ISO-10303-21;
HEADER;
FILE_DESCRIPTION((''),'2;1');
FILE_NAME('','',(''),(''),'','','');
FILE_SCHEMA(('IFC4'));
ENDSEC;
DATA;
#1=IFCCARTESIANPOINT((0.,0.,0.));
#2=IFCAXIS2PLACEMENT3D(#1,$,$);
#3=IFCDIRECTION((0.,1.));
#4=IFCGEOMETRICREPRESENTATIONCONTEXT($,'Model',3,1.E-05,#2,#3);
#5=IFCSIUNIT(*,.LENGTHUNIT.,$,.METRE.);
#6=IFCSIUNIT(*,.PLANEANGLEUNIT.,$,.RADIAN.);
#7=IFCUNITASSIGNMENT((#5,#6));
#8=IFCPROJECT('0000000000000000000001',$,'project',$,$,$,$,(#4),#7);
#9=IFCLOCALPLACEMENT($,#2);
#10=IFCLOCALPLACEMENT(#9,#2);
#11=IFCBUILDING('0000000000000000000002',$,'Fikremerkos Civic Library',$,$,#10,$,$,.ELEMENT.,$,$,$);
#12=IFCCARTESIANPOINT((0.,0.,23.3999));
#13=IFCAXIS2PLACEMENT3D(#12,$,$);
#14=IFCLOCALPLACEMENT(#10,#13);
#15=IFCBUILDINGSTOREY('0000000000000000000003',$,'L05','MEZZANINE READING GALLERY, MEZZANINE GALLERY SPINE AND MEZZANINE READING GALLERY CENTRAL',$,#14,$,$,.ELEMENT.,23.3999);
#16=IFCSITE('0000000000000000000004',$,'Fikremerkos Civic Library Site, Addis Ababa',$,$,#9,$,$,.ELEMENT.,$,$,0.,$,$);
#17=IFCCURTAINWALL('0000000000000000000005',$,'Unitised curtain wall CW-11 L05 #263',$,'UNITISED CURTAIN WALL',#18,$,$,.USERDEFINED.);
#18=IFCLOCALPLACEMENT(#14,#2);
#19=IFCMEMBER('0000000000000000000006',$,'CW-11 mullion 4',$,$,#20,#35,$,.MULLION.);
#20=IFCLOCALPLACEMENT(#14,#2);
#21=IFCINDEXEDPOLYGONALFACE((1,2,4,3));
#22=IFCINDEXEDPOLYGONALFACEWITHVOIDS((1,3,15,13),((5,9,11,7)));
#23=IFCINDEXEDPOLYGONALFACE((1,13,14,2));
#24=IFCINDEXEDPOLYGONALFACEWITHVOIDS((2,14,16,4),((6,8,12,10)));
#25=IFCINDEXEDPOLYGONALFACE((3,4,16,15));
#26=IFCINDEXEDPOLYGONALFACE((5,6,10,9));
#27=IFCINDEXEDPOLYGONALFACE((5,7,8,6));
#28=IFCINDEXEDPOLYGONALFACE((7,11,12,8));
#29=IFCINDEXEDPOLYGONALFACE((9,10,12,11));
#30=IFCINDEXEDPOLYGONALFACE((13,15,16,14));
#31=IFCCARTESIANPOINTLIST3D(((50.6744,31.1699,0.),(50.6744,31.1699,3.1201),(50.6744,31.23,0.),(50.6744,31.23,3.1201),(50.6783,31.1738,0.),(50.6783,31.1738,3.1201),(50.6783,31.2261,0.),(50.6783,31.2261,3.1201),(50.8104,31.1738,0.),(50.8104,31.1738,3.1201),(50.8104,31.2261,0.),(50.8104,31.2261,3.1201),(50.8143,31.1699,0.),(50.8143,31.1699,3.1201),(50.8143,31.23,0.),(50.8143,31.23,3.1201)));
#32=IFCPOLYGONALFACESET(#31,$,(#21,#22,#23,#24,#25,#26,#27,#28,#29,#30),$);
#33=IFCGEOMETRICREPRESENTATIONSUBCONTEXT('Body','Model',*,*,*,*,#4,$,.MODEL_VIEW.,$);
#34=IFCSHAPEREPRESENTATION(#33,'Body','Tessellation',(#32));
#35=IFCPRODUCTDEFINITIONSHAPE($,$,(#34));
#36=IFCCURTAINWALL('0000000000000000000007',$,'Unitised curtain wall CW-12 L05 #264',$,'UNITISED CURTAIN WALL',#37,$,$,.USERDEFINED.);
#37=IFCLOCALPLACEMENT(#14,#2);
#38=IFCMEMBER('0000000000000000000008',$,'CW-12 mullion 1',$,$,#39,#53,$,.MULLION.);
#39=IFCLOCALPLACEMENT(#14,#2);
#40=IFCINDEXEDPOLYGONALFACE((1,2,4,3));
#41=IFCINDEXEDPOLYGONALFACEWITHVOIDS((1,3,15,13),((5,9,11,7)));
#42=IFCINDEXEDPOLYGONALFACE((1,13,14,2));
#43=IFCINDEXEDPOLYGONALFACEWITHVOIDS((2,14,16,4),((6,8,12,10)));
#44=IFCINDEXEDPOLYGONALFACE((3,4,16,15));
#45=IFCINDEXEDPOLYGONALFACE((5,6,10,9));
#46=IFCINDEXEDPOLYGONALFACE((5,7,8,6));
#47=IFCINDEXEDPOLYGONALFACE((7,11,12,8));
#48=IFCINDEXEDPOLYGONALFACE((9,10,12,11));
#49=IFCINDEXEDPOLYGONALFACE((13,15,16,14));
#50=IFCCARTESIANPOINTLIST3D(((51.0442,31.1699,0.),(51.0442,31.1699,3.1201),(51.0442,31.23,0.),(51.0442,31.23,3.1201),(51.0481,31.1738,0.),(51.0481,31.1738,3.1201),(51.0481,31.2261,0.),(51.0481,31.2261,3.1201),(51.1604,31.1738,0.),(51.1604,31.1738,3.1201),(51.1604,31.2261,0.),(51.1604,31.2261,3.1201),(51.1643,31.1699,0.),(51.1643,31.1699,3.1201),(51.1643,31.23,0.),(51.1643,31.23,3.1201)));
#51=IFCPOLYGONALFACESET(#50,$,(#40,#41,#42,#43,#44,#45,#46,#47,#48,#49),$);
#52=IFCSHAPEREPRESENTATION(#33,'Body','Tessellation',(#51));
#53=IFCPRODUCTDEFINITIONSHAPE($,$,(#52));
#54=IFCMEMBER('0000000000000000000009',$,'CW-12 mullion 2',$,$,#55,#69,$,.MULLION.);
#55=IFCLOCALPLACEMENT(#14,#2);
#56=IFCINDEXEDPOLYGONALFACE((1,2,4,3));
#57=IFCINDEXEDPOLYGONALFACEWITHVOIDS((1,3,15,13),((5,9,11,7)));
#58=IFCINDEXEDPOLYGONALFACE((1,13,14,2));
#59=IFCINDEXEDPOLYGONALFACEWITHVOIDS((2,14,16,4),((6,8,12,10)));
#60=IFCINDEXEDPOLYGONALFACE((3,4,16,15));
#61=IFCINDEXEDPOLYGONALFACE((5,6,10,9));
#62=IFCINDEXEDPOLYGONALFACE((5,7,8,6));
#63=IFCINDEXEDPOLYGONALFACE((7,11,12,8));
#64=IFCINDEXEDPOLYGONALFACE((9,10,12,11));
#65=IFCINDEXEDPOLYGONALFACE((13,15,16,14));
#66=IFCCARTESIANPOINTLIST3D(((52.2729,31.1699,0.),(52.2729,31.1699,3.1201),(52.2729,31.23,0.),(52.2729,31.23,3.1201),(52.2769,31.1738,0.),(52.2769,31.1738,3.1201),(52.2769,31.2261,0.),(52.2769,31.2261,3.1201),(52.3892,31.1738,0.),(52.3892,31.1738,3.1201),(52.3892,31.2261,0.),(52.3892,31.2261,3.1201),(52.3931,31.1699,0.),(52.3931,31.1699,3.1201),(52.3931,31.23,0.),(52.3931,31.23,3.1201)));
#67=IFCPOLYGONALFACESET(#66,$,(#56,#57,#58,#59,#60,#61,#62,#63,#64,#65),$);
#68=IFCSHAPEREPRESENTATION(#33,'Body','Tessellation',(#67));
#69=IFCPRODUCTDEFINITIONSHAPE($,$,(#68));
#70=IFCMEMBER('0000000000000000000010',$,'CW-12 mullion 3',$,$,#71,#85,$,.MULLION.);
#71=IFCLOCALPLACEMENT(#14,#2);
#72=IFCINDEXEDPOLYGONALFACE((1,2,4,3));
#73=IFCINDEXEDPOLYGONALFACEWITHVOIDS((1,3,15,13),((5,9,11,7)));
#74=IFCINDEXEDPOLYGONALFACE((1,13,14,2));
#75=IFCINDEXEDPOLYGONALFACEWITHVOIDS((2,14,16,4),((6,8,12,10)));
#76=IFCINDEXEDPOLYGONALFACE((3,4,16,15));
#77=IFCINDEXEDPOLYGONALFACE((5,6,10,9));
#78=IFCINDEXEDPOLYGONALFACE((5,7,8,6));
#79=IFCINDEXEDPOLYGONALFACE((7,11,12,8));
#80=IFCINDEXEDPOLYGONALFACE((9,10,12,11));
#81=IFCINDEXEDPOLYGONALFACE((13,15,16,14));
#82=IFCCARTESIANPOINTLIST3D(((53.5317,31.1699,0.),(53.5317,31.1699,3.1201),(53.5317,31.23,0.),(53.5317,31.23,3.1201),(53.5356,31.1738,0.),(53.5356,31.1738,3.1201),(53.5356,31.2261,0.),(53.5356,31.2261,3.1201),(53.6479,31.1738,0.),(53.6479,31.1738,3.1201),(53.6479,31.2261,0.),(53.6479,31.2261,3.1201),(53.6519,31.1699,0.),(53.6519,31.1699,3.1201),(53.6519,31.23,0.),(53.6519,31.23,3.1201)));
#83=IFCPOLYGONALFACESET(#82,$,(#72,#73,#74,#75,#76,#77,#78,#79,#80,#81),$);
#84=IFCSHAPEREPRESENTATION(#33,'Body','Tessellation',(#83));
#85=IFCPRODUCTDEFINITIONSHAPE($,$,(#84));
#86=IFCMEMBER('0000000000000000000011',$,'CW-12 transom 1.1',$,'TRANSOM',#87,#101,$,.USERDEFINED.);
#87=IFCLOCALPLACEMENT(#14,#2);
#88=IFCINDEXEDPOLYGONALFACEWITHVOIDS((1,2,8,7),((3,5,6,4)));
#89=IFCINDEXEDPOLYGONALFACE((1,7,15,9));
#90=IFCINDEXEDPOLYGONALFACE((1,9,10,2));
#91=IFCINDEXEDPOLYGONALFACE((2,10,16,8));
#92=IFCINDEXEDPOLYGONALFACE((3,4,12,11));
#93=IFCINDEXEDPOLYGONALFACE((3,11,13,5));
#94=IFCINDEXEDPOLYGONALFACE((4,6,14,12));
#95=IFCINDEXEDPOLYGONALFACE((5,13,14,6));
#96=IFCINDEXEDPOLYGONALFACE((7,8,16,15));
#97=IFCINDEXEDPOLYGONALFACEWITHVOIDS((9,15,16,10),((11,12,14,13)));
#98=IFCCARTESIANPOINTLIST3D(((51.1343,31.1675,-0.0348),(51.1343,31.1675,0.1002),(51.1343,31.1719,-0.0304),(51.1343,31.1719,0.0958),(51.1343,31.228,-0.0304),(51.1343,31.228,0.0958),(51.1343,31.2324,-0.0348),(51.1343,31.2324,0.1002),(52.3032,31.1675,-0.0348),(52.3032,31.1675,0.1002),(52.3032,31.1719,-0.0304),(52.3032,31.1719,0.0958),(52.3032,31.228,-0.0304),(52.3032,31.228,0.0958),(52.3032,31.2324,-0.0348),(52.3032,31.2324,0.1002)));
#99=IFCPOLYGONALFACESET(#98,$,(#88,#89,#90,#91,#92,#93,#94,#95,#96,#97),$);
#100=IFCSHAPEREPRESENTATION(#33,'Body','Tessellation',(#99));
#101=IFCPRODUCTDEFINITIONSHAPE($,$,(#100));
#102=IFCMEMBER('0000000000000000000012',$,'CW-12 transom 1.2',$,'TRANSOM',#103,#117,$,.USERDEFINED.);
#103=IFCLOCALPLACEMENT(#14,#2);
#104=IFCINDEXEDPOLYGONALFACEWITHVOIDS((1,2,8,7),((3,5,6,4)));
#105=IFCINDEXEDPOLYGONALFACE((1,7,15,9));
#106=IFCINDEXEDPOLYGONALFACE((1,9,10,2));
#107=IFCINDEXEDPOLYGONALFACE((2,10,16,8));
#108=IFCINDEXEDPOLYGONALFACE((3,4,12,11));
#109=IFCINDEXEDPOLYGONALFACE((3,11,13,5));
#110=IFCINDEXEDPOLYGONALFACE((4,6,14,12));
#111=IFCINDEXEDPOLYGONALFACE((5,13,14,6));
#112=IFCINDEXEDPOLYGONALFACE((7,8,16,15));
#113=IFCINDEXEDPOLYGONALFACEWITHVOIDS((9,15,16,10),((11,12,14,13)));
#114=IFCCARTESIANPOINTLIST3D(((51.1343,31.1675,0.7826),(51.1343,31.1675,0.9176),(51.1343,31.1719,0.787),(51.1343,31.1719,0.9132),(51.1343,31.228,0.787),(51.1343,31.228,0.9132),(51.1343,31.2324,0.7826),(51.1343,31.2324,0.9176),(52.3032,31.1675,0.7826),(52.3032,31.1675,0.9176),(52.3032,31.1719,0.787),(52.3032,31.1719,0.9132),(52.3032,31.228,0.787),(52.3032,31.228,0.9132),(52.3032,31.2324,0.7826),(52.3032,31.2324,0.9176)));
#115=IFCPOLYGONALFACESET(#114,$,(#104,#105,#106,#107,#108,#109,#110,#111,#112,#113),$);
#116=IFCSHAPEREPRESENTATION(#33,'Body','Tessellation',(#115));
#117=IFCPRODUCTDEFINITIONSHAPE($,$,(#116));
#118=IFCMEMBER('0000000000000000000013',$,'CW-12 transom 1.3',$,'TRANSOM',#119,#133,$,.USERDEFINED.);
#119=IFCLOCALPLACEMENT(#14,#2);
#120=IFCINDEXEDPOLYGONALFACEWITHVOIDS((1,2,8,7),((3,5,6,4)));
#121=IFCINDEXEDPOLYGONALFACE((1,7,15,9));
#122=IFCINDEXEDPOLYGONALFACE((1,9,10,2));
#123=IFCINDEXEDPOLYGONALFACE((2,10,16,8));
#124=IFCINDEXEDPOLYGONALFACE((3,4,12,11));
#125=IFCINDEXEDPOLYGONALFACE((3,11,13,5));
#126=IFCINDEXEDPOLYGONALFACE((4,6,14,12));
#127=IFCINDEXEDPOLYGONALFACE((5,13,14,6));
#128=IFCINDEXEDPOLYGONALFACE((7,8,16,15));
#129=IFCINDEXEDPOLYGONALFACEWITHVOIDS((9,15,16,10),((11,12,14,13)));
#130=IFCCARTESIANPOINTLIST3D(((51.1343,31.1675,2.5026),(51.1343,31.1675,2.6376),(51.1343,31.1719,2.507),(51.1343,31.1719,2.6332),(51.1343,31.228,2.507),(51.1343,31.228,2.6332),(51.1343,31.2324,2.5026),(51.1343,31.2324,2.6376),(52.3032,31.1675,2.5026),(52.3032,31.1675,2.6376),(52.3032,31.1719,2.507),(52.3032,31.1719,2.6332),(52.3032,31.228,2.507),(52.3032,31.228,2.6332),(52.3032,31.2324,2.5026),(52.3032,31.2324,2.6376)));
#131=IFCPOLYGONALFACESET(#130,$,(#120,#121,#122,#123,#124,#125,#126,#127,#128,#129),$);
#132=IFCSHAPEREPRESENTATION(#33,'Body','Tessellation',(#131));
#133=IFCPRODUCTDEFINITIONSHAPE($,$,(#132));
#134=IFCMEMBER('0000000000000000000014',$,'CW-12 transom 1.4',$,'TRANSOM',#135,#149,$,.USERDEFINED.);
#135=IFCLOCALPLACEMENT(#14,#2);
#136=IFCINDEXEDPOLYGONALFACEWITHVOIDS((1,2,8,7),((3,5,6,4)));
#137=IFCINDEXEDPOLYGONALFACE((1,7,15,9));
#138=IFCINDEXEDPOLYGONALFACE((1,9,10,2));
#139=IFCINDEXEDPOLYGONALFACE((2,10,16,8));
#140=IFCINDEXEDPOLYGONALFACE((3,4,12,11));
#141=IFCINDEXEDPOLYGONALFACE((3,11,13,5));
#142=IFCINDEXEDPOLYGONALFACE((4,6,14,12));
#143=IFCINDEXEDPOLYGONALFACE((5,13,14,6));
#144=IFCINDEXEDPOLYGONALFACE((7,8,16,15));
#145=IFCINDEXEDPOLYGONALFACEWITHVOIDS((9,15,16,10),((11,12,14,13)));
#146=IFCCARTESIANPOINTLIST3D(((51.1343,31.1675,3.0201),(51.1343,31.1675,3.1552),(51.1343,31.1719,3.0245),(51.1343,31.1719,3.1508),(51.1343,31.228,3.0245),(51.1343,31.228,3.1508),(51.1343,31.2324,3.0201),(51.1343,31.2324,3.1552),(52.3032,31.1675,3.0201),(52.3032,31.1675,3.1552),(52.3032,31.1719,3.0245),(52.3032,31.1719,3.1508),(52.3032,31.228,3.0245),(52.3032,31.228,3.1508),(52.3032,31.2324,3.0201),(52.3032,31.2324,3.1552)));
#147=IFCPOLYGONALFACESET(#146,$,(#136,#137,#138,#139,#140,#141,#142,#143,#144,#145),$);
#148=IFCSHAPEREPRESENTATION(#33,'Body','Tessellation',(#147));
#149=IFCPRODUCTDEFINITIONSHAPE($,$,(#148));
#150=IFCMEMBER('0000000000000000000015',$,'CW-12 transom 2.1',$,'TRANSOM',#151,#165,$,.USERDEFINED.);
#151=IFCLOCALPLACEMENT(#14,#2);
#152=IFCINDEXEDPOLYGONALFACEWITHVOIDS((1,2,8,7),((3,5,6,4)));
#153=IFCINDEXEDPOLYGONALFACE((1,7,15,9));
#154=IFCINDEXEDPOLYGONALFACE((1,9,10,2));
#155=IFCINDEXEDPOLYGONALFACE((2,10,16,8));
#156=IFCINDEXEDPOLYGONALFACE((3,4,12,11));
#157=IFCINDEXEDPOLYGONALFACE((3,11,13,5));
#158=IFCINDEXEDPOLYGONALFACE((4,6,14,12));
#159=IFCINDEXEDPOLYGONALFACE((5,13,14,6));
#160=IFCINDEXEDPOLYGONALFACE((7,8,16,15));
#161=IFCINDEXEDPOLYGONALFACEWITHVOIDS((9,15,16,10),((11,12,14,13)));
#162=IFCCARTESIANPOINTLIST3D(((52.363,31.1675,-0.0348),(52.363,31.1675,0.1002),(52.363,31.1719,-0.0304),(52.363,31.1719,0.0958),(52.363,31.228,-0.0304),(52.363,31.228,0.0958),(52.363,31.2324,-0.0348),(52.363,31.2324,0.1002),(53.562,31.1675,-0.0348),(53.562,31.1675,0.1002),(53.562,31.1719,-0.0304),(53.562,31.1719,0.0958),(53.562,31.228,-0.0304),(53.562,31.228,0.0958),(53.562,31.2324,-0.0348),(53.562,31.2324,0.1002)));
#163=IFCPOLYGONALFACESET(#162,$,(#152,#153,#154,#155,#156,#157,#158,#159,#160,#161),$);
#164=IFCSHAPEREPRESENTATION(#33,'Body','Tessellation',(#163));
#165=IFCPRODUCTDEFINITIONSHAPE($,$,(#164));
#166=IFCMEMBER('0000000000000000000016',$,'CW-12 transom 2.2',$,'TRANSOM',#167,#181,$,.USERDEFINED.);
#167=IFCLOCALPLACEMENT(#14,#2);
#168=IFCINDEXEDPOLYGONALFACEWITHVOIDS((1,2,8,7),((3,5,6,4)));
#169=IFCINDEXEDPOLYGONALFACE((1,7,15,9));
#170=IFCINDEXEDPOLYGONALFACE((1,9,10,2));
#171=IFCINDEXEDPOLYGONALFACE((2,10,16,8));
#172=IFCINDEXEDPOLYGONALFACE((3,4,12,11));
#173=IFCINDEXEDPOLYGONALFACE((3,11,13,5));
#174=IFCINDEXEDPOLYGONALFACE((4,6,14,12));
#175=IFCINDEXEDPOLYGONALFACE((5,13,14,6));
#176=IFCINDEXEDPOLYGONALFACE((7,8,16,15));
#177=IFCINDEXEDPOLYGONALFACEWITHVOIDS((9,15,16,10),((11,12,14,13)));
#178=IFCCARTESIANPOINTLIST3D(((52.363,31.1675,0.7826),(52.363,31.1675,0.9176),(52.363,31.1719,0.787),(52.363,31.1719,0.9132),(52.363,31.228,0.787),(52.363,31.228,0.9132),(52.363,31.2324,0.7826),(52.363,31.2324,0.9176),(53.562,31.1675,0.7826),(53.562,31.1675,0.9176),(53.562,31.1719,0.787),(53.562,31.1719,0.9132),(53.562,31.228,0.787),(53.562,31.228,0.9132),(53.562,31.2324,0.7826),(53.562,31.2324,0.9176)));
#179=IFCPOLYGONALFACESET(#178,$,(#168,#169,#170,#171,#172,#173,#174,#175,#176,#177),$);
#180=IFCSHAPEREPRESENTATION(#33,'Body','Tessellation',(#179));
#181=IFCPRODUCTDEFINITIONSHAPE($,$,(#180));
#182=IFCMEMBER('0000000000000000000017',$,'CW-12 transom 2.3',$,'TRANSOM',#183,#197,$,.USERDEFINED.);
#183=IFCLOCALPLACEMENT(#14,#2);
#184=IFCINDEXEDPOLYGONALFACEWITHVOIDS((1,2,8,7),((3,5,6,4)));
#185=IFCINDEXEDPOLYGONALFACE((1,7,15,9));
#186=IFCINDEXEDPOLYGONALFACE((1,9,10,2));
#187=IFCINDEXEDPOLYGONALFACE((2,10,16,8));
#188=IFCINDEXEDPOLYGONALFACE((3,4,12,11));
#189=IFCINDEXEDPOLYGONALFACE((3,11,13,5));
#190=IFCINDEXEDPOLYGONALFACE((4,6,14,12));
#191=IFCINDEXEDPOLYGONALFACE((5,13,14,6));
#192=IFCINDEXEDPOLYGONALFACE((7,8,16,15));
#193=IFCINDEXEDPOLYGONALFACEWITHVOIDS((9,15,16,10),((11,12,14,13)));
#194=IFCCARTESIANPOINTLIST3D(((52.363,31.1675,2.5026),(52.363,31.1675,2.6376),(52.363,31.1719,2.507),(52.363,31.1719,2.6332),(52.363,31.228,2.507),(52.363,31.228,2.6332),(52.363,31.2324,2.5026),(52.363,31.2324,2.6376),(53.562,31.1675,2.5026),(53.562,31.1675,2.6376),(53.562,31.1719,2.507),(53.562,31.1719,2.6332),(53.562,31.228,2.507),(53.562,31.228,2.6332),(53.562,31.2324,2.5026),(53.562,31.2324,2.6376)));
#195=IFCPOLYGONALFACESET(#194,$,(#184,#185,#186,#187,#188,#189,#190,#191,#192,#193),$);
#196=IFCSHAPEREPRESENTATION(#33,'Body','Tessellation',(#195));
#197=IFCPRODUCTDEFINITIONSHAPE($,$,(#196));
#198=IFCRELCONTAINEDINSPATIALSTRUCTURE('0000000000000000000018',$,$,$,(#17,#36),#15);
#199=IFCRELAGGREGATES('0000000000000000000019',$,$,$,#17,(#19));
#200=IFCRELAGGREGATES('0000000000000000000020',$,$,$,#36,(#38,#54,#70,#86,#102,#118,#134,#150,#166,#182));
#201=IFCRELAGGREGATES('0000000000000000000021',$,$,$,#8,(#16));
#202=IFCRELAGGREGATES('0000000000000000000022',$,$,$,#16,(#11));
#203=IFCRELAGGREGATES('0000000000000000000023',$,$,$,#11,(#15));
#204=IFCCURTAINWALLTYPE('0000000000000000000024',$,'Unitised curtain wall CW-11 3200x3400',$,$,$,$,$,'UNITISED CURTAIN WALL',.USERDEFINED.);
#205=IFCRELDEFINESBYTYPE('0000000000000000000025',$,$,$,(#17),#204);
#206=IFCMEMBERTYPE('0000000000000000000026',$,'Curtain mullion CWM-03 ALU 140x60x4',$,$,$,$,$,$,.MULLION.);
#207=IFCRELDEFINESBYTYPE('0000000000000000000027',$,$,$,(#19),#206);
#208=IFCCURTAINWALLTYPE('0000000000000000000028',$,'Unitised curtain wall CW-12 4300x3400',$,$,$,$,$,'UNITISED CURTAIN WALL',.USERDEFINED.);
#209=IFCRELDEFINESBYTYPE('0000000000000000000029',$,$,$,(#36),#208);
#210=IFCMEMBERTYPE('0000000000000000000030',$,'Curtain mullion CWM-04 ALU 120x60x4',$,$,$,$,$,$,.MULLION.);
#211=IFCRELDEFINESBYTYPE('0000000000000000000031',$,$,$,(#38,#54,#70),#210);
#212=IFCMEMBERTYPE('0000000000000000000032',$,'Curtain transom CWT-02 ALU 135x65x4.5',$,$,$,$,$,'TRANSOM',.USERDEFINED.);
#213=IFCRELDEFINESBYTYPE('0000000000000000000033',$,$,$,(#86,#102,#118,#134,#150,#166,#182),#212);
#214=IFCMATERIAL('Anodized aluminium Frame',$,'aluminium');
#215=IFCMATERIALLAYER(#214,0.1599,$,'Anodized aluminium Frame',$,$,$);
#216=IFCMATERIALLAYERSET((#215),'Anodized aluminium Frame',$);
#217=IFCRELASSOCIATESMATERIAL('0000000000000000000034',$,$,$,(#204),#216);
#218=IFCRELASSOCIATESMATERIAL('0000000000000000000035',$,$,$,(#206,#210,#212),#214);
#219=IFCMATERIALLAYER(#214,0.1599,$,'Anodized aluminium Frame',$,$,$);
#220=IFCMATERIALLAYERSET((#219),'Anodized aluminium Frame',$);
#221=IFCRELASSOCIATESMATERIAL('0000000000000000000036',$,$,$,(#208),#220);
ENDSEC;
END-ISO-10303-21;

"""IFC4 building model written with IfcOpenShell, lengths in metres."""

from ifc_helpers import new_model, si_unit, direction, frame, origin, origin_2d, place, context, subcontext, project, spatial, hollow_rectangle, extrude, material, layer, layer_set, material_profile, profile_set, type_object, element, aggregate, save


model = new_model("IFC4")

# Units and contexts
model_context = context("Model", 3, precision=1e-05, world=origin(), true_north=direction((0.0, 1.0)))
body_context = subcontext(model_context, "Body", "Model", "MODEL_VIEW")
ifc_project = project(units=[si_unit("LENGTHUNIT", "METRE"), si_unit("PLANEANGLEUNIT", "RADIAN")], contexts=[model_context])

# Site, building, storey
site_placement = place(None, origin())
site = spatial("IfcSite", under=ifc_project, at=site_placement, Name="Fikremerkos Civic Library Site, Addis Ababa", CompositionType="ELEMENT", RefElevation=0.0)
building_placement = place(site_placement, origin())
building = spatial("IfcBuilding", under=site, at=building_placement, Name="Fikremerkos Civic Library", CompositionType="ELEMENT")
storey_placement = place(building_placement, frame((0.0, 0.0, 23.3999)))
storey = spatial("IfcBuildingStorey", under=building, at=storey_placement, Name="L05", Description="MEZZANINE READING GALLERY, MEZZANINE GALLERY SPINE AND MEZZANINE READING GALLERY CENTRAL", CompositionType="ELEMENT", Elevation=23.3999)

# Curtain wall, member
ifc_material_1 = material(Name="Anodized aluminium Frame", Category="aluminium")
ifc_layer_1 = layer(ifc_material_1, 0.1599, Name="Anodized aluminium Frame")
ifc_layer_set_1 = layer_set([ifc_layer_1], Name="Anodized aluminium Frame")
curtain_wall_type_1 = type_object("IfcCurtainWallType", Name="Unitised curtain wall CW-11 3200x3400", ElementType="UNITISED CURTAIN WALL", PredefinedType="USERDEFINED", material=ifc_layer_set_1)
curtain_wall_1_placement = place(storey_placement, origin())
curtain_wall_1 = element("IfcCurtainWall", 1, at=curtain_wall_1_placement, inside=storey, type_object=curtain_wall_type_1, Name="Unitised curtain wall CW-11 L05 #263", ObjectType="UNITISED CURTAIN WALL", PredefinedType="USERDEFINED")
ifc_material_profile_1 = material_profile(ifc_material_1, hollow_rectangle(XDim=0.0601, YDim=0.1399, WallThickness=0.0039, at=origin_2d()), Name="ALU 140x60x4")
ifc_profile_set_1 = profile_set([ifc_material_profile_1], Name="Anodized aluminium Frame")
member_type_1 = type_object("IfcMemberType", Name="Curtain mullion CWM-03 ALU 140x60x4", PredefinedType="MULLION", material=ifc_profile_set_1)
member_1_placement = place(storey_placement, frame((50.7444, 31.2, 0.0), z_axis=(0.0, 0.0, 1.0), x_axis=(0.0, 1.0, 0.0)))
member_1 = element("IfcMember", 2, at=member_1_placement, type_object=member_type_1, Name="CW-11 mullion 4", PredefinedType="MULLION", context=body_context, shape_type="SweptSolid", body=[
    extrude(hollow_rectangle(XDim=0.0601, YDim=0.1399, WallThickness=0.0039, at=origin_2d()), origin(), (0.0, 0.0, 1.0), 3.1201),
])

# Curtain wall, members
ifc_layer_2 = layer(ifc_material_1, 0.1599, Name="Anodized aluminium Frame")
ifc_layer_set_2 = layer_set([ifc_layer_2], Name="Anodized aluminium Frame")
curtain_wall_type_2 = type_object("IfcCurtainWallType", Name="Unitised curtain wall CW-12 4300x3400", ElementType="UNITISED CURTAIN WALL", PredefinedType="USERDEFINED", material=ifc_layer_set_2)
curtain_wall_2_placement = place(storey_placement, origin())
curtain_wall_2 = element("IfcCurtainWall", 3, at=curtain_wall_2_placement, inside=storey, type_object=curtain_wall_type_2, Name="Unitised curtain wall CW-12 L05 #264", ObjectType="UNITISED CURTAIN WALL", PredefinedType="USERDEFINED")
ifc_material_profile_2 = material_profile(ifc_material_1, hollow_rectangle(XDim=0.0601, YDim=0.1201, WallThickness=0.0039, at=origin_2d()), Name="ALU 120x60x4")
ifc_profile_set_2 = profile_set([ifc_material_profile_2], Name="Anodized aluminium Frame")
member_type_2 = type_object("IfcMemberType", Name="Curtain mullion CWM-04 ALU 120x60x4", PredefinedType="MULLION", material=ifc_profile_set_2)
member_2_placement = place(storey_placement, frame((51.1042, 31.2, 0.0), z_axis=(0.0, 0.0, 1.0), x_axis=(0.0, 1.0, 0.0)))
member_2 = element("IfcMember", 4, at=member_2_placement, type_object=member_type_2, Name="CW-12 mullion 1", PredefinedType="MULLION", context=body_context, shape_type="SweptSolid", body=[
    extrude(hollow_rectangle(XDim=0.0601, YDim=0.1201, WallThickness=0.0039, at=origin_2d()), origin(), (0.0, 0.0, 1.0), 3.1201),
])
member_3_placement = place(storey_placement, frame((52.333, 31.2, 0.0), z_axis=(0.0, 0.0, 1.0), x_axis=(0.0, 1.0, 0.0)))
member_3 = element("IfcMember", 5, at=member_3_placement, type_object=member_type_2, Name="CW-12 mullion 2", PredefinedType="MULLION", context=body_context, shape_type="SweptSolid", body=[
    extrude(hollow_rectangle(XDim=0.0601, YDim=0.1201, WallThickness=0.0039, at=origin_2d()), origin(), (0.0, 0.0, 1.0), 3.1201),
])
member_4_placement = place(storey_placement, frame((53.5918, 31.2, 0.0), z_axis=(0.0, 0.0, 1.0), x_axis=(0.0, 1.0, 0.0)))
member_4 = element("IfcMember", 6, at=member_4_placement, type_object=member_type_2, Name="CW-12 mullion 3", PredefinedType="MULLION", context=body_context, shape_type="SweptSolid", body=[
    extrude(hollow_rectangle(XDim=0.0601, YDim=0.1201, WallThickness=0.0039, at=origin_2d()), origin(), (0.0, 0.0, 1.0), 3.1201),
])
ifc_material_profile_3 = material_profile(ifc_material_1, hollow_rectangle(XDim=0.0649, YDim=0.135, WallThickness=0.0044, at=origin_2d()), Name="ALU 135x65x4.5")
ifc_profile_set_3 = profile_set([ifc_material_profile_3], Name="Anodized aluminium Frame")
member_type_3 = type_object("IfcMemberType", Name="Curtain transom CWT-02 ALU 135x65x4.5", ElementType="TRANSOM", PredefinedType="USERDEFINED", material=ifc_profile_set_3)
member_5_placement = place(storey_placement, frame((51.1343, 31.2, 0.0327), z_axis=(1.0, 0.0, 0.0), x_axis=(0.0, 1.0, 0.0)))
member_5 = element("IfcMember", 7, at=member_5_placement, type_object=member_type_3, Name="CW-12 transom 1.1", ObjectType="TRANSOM", PredefinedType="USERDEFINED", context=body_context, shape_type="SweptSolid", body=[
    extrude(hollow_rectangle(XDim=0.0649, YDim=0.135, WallThickness=0.0044, at=origin_2d()), origin(), (0.0, 0.0, 1.0), 1.1689),
])
member_6_placement = place(storey_placement, frame((51.1343, 31.2, 0.8501), z_axis=(1.0, 0.0, 0.0), x_axis=(0.0, 1.0, 0.0)))
member_6 = element("IfcMember", 8, at=member_6_placement, type_object=member_type_3, Name="CW-12 transom 1.2", ObjectType="TRANSOM", PredefinedType="USERDEFINED", context=body_context, shape_type="SweptSolid", body=[
    extrude(hollow_rectangle(XDim=0.0649, YDim=0.135, WallThickness=0.0044, at=origin_2d()), origin(), (0.0, 0.0, 1.0), 1.1689),
])
member_7_placement = place(storey_placement, frame((51.1343, 31.2, 2.5701), z_axis=(1.0, 0.0, 0.0), x_axis=(0.0, 1.0, 0.0)))
member_7 = element("IfcMember", 9, at=member_7_placement, type_object=member_type_3, Name="CW-12 transom 1.3", ObjectType="TRANSOM", PredefinedType="USERDEFINED", context=body_context, shape_type="SweptSolid", body=[
    extrude(hollow_rectangle(XDim=0.0649, YDim=0.135, WallThickness=0.0044, at=origin_2d()), origin(), (0.0, 0.0, 1.0), 1.1689),
])
member_8_placement = place(storey_placement, frame((51.1343, 31.2, 3.0876), z_axis=(1.0, 0.0, 0.0), x_axis=(0.0, 1.0, 0.0)))
member_8 = element("IfcMember", 10, at=member_8_placement, type_object=member_type_3, Name="CW-12 transom 1.4", ObjectType="TRANSOM", PredefinedType="USERDEFINED", context=body_context, shape_type="SweptSolid", body=[
    extrude(hollow_rectangle(XDim=0.0649, YDim=0.135, WallThickness=0.0044, at=origin_2d()), origin(), (0.0, 0.0, 1.0), 1.1689),
])
member_9_placement = place(storey_placement, frame((52.363, 31.2, 0.0327), z_axis=(1.0, 0.0, 0.0), x_axis=(0.0, 1.0, 0.0)))
member_9 = element("IfcMember", 11, at=member_9_placement, type_object=member_type_3, Name="CW-12 transom 2.1", ObjectType="TRANSOM", PredefinedType="USERDEFINED", context=body_context, shape_type="SweptSolid", body=[
    extrude(hollow_rectangle(XDim=0.0649, YDim=0.135, WallThickness=0.0044, at=origin_2d()), origin(), (0.0, 0.0, 1.0), 1.199),
])
member_10_placement = place(storey_placement, frame((52.363, 31.2, 0.8501), z_axis=(1.0, 0.0, 0.0), x_axis=(0.0, 1.0, 0.0)))
member_10 = element("IfcMember", 12, at=member_10_placement, type_object=member_type_3, Name="CW-12 transom 2.2", ObjectType="TRANSOM", PredefinedType="USERDEFINED", context=body_context, shape_type="SweptSolid", body=[
    extrude(hollow_rectangle(XDim=0.0649, YDim=0.135, WallThickness=0.0044, at=origin_2d()), origin(), (0.0, 0.0, 1.0), 1.199),
])
member_11_placement = place(storey_placement, frame((52.363, 31.2, 2.5701), z_axis=(1.0, 0.0, 0.0), x_axis=(0.0, 1.0, 0.0)))
member_11 = element("IfcMember", 13, at=member_11_placement, type_object=member_type_3, Name="CW-12 transom 2.3", ObjectType="TRANSOM", PredefinedType="USERDEFINED", context=body_context, shape_type="SweptSolid", body=[
    extrude(hollow_rectangle(XDim=0.0649, YDim=0.135, WallThickness=0.0044, at=origin_2d()), origin(), (0.0, 0.0, 1.0), 1.199),
])

aggregate(curtain_wall_1, [member_1])
aggregate(curtain_wall_2, [member_2, member_3, member_4, member_5, member_6, member_7, member_8, member_9, member_10, member_11])

save(model, "model.ifc")
